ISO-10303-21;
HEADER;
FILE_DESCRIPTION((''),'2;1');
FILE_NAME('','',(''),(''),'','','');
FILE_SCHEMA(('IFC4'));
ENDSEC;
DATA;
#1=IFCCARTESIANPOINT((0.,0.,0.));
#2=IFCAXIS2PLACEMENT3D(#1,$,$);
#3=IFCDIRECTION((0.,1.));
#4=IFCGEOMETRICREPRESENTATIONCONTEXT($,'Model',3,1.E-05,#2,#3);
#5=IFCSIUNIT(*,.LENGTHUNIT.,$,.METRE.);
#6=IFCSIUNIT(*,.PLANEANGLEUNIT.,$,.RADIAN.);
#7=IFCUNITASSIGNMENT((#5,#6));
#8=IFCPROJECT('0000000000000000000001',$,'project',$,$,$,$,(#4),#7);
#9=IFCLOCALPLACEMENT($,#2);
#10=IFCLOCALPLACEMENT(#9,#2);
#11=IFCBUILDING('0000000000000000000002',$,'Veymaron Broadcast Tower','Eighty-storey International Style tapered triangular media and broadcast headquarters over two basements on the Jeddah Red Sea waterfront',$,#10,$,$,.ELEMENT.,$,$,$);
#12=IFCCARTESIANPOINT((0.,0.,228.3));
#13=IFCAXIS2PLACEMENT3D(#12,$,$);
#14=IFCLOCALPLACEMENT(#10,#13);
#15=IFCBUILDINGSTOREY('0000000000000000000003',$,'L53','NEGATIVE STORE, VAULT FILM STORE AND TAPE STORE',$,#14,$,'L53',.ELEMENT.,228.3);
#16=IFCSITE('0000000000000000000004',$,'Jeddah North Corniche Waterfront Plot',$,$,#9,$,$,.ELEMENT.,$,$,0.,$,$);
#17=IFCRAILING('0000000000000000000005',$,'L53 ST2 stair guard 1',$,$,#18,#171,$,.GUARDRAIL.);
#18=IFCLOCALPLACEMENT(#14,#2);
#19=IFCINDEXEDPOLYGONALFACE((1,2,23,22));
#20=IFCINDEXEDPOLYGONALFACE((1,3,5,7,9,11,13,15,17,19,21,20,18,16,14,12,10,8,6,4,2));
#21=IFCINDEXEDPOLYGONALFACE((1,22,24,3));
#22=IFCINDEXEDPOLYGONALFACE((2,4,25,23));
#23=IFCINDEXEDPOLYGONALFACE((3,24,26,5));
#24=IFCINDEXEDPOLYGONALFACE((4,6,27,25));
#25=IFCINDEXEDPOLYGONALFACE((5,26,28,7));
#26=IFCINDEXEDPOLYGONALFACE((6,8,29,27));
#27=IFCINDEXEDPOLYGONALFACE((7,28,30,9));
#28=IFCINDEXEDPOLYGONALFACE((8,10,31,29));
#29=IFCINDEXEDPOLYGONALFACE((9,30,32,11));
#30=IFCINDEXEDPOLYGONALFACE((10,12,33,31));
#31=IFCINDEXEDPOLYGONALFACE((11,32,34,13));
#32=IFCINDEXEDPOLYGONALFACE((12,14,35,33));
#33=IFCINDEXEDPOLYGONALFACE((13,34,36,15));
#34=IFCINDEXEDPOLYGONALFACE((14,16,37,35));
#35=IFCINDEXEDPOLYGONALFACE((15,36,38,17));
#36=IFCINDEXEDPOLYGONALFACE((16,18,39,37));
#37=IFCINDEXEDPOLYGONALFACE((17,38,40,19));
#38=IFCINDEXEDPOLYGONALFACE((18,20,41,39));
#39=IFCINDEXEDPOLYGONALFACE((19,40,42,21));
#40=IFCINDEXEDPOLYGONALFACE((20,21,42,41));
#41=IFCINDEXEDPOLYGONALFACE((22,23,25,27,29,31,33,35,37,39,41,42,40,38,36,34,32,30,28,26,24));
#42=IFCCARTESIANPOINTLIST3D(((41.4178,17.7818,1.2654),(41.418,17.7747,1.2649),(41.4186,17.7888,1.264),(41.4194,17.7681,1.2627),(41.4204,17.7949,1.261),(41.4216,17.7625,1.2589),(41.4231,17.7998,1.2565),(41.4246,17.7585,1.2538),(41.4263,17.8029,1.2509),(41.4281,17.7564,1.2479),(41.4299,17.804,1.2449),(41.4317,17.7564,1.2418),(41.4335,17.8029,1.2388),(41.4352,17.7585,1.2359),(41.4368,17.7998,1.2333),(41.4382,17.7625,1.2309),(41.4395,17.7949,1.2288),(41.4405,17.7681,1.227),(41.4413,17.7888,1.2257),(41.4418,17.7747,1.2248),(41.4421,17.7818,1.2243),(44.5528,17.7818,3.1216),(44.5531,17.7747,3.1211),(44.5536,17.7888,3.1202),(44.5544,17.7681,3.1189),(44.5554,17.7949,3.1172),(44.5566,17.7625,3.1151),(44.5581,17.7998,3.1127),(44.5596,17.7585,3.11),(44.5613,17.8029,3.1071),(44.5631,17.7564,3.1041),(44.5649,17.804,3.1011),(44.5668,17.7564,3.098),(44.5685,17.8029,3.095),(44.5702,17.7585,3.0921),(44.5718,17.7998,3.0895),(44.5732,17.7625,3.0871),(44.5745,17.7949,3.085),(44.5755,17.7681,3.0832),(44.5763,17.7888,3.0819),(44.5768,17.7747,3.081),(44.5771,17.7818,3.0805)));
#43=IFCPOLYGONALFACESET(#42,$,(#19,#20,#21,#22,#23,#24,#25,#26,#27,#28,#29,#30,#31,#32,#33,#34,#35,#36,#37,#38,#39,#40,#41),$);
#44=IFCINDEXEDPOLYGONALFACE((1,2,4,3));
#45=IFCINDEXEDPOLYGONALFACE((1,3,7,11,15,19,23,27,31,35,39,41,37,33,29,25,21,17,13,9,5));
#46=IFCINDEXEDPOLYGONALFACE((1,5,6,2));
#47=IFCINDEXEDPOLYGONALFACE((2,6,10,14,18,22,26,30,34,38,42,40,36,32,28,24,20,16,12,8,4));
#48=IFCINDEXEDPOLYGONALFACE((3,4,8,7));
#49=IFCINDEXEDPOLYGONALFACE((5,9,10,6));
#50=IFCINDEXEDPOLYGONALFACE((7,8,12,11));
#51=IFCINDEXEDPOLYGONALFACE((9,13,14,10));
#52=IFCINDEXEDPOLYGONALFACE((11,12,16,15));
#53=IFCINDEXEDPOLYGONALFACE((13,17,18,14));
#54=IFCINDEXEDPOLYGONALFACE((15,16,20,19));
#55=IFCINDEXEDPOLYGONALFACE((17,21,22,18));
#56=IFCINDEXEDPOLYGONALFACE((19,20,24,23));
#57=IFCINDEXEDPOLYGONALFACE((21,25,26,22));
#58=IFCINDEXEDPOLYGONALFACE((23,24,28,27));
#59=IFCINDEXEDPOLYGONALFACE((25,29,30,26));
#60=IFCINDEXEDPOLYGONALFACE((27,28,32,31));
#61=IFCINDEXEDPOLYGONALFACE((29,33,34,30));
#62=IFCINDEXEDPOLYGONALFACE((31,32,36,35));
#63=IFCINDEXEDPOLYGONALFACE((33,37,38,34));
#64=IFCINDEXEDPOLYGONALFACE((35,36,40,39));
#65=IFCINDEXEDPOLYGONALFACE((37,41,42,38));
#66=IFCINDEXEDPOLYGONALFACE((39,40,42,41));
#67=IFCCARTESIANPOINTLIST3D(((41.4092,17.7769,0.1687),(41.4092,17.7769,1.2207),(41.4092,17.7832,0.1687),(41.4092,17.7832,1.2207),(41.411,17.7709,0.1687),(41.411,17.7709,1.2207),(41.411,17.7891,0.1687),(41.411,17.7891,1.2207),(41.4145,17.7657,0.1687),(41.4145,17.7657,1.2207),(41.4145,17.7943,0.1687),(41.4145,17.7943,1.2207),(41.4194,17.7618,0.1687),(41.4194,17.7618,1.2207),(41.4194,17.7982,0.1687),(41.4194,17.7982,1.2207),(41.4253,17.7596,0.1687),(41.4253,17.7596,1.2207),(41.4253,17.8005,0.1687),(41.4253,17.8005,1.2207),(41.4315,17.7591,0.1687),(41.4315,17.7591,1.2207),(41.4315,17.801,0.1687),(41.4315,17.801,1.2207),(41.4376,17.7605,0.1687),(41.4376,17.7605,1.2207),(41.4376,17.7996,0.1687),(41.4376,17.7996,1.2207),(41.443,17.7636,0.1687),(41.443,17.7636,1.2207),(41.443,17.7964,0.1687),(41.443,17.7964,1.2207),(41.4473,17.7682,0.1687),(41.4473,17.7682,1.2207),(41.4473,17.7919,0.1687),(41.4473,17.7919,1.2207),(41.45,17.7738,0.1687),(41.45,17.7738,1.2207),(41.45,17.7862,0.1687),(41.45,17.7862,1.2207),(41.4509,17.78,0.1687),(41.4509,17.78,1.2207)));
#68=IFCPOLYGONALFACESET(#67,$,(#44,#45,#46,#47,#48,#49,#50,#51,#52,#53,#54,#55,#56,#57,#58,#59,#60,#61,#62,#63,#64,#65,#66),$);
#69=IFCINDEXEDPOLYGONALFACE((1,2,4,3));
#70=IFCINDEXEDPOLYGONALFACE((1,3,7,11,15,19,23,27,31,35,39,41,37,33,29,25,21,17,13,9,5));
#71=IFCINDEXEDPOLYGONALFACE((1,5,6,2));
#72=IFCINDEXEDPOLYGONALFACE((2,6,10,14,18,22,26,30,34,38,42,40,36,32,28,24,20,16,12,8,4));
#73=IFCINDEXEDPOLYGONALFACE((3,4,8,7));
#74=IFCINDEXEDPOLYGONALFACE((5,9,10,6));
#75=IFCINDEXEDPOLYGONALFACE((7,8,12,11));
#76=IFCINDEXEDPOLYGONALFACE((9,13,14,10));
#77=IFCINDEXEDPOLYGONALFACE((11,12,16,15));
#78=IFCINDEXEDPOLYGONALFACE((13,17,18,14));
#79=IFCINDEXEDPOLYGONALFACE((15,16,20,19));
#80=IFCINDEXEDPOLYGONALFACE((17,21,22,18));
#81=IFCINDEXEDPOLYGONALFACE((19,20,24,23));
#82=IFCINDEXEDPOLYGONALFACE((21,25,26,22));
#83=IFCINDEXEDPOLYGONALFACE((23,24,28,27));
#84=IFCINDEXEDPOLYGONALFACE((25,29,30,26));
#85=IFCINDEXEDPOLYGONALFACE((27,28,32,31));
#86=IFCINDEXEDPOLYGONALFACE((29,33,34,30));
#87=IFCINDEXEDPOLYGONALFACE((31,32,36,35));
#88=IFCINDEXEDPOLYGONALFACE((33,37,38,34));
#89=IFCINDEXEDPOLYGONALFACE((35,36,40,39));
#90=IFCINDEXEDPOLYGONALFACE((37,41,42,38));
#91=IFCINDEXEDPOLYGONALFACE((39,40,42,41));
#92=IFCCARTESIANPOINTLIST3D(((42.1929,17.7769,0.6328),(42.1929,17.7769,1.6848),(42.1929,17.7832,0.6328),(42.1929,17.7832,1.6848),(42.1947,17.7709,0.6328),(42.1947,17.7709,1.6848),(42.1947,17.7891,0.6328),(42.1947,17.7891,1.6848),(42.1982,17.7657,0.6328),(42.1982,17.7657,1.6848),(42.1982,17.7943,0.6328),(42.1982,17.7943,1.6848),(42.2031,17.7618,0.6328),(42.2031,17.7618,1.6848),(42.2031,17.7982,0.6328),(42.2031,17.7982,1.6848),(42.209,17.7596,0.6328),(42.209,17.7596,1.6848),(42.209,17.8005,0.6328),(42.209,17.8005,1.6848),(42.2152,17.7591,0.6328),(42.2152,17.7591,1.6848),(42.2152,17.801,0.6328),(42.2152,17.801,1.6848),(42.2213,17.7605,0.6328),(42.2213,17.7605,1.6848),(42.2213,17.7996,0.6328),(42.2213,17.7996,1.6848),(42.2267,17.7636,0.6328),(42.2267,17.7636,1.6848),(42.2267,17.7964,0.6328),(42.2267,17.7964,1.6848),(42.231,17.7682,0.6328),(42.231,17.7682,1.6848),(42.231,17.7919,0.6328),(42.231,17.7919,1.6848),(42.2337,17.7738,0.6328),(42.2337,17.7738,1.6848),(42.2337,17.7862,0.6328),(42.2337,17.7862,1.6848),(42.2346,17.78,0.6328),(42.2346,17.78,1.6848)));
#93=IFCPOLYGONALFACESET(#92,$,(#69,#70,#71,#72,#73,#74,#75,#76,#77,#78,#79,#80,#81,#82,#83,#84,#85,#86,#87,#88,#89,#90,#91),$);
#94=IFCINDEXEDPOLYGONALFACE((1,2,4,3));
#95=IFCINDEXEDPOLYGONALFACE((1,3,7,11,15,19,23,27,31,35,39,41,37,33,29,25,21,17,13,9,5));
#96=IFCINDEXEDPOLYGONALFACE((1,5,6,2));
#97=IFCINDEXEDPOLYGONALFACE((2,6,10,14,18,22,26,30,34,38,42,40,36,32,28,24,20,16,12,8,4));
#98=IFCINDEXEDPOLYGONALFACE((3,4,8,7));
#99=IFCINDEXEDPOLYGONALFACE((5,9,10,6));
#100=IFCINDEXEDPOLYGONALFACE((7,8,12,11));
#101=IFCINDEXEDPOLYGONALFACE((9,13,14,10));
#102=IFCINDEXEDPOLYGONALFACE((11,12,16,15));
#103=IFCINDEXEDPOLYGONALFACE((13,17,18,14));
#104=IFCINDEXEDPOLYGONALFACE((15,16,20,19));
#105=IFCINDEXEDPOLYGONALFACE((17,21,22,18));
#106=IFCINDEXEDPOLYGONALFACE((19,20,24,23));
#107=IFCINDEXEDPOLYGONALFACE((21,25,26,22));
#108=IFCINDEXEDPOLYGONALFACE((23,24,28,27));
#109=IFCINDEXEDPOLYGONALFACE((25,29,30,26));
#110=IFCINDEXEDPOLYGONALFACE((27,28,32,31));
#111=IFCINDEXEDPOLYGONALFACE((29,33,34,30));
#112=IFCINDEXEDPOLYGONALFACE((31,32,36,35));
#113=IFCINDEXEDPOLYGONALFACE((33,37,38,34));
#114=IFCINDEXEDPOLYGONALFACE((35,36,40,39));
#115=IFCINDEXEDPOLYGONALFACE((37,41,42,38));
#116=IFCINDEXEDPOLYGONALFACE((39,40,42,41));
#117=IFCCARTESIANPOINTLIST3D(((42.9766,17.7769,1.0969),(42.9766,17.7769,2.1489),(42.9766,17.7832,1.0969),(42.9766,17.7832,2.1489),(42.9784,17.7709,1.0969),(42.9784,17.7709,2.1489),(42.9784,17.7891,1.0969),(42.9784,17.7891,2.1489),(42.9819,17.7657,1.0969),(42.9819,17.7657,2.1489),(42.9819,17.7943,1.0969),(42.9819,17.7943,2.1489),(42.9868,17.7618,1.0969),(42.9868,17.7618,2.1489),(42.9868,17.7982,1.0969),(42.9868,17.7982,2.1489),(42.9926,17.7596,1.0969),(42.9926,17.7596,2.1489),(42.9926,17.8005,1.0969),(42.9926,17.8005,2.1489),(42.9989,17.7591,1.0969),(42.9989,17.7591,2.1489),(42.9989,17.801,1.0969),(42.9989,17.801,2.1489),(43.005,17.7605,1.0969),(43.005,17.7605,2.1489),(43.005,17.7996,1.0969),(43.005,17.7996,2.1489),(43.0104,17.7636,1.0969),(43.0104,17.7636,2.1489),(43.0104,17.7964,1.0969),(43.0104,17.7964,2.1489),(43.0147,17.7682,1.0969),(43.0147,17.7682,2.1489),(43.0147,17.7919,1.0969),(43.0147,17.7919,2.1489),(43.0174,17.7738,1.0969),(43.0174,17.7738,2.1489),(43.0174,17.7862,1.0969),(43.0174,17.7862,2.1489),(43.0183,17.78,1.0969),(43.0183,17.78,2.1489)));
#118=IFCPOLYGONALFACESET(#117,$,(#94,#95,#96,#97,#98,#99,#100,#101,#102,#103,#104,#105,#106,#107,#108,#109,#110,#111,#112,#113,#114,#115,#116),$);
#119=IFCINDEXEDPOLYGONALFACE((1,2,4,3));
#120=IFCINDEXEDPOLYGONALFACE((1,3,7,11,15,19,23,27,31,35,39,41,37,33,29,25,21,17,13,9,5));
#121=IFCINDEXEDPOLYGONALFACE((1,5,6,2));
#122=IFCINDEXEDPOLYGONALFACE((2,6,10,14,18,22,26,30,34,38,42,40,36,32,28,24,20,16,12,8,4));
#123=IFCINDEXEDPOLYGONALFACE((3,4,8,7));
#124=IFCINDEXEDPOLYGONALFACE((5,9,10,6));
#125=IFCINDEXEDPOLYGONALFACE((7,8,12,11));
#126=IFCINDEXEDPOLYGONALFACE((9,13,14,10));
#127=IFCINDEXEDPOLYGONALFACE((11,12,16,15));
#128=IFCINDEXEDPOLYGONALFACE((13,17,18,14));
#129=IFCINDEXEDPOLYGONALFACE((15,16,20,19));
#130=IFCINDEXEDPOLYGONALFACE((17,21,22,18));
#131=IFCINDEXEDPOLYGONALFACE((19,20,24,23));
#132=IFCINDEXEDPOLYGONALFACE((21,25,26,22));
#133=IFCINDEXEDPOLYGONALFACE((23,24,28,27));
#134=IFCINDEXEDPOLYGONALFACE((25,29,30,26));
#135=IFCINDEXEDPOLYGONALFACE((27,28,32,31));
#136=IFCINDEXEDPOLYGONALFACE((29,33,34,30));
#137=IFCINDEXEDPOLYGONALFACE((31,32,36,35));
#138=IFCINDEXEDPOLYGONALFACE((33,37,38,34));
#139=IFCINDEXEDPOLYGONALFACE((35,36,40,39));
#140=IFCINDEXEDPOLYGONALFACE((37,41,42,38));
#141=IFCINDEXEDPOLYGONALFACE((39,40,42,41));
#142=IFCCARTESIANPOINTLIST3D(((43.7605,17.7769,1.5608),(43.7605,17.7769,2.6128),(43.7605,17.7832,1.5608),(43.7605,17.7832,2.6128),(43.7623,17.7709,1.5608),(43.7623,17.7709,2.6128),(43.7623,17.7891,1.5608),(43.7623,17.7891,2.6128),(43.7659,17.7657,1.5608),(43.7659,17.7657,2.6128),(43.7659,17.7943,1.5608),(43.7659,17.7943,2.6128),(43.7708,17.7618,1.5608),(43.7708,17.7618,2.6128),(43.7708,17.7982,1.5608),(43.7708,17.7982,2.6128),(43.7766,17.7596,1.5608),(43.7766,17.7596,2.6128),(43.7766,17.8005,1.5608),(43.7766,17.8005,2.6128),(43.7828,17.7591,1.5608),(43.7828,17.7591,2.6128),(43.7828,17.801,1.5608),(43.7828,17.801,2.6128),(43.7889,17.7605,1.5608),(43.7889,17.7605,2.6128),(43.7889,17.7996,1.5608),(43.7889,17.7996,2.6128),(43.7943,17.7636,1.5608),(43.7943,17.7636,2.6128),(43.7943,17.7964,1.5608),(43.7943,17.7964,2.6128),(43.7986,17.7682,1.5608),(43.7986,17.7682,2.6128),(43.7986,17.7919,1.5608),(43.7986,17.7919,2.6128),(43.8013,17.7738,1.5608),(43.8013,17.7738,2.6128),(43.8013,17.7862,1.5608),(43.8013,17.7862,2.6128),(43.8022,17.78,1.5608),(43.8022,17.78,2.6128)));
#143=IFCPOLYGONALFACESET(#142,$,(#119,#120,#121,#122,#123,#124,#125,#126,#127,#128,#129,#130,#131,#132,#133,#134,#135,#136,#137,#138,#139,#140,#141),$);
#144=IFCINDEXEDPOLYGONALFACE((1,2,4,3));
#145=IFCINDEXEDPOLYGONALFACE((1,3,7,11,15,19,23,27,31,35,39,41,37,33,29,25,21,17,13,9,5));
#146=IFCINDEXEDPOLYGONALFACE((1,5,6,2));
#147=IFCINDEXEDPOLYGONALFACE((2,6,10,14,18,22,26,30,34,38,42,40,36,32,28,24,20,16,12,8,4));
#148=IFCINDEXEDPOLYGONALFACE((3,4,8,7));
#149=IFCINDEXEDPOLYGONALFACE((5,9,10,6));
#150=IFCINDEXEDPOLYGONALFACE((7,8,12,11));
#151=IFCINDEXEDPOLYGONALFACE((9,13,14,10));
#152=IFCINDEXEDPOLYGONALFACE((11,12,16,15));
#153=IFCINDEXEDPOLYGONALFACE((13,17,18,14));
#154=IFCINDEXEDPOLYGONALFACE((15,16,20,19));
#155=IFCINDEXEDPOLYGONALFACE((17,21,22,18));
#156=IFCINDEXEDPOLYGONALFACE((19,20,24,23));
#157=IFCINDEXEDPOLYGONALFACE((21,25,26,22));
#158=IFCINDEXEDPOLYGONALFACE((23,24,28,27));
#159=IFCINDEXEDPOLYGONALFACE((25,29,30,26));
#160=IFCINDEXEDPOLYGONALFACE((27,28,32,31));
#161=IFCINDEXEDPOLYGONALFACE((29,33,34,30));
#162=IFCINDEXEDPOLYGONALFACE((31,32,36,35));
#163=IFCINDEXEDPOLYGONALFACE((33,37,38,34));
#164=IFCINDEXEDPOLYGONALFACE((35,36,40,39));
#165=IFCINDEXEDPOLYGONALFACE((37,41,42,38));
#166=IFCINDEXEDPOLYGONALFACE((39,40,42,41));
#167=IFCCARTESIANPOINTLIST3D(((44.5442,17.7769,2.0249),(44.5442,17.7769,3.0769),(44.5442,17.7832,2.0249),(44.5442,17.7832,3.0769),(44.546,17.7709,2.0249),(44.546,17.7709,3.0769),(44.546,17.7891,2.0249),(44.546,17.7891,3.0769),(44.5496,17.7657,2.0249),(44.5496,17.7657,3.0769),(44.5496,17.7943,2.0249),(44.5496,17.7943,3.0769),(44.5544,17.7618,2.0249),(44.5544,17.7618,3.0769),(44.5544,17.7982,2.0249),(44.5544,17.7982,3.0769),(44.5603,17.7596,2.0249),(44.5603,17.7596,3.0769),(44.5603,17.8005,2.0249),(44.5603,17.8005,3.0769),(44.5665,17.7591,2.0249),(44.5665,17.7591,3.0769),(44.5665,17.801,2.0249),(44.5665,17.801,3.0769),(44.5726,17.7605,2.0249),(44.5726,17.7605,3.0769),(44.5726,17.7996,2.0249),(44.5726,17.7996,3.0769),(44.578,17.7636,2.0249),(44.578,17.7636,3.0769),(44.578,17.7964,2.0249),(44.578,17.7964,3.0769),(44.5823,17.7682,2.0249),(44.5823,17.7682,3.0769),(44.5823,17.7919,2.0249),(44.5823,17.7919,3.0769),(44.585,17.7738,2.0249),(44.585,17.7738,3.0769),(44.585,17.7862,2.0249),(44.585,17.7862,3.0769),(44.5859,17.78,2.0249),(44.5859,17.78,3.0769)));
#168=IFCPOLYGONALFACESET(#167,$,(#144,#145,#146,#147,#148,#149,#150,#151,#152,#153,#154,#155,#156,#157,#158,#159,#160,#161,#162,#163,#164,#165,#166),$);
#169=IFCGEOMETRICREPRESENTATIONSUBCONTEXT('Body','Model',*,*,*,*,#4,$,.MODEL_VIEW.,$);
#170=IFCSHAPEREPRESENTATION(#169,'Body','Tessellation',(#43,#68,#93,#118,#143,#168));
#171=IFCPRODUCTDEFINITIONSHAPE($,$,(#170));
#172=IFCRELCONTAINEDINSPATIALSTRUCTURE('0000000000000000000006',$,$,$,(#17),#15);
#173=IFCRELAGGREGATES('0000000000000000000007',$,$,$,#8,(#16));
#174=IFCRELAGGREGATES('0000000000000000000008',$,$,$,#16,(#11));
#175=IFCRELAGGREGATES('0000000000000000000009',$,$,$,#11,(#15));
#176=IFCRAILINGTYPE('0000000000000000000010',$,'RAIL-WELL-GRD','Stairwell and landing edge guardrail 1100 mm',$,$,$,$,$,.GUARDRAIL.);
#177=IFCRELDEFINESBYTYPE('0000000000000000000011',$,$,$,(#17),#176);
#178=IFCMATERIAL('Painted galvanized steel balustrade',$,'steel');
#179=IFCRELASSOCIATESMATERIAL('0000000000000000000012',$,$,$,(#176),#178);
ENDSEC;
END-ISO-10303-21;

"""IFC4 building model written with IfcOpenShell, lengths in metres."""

from ifc_helpers import new_model, si_unit, direction, frame, origin, origin_2d, place, context, subcontext, project, spatial, circle, extrude, material, type_object, element, save


model = new_model("IFC4")

# Units and contexts
model_context = context("Model", 3, precision=1e-05, world=origin(), true_north=direction((0.0, 1.0)))
body_context = subcontext(model_context, "Body", "Model", "MODEL_VIEW")
ifc_project = project(units=[si_unit("LENGTHUNIT", "METRE"), si_unit("PLANEANGLEUNIT", "RADIAN")], contexts=[model_context])

# Site, building, storey
site_placement = place(None, origin())
site = spatial("IfcSite", under=ifc_project, at=site_placement, Name="Jeddah North Corniche Waterfront Plot", CompositionType="ELEMENT", RefElevation=0.0)
building_placement = place(site_placement, origin())
building = spatial("IfcBuilding", under=site, at=building_placement, Name="Veymaron Broadcast Tower", Description="Eighty-storey International Style tapered triangular media and broadcast headquarters over two basements on the Jeddah Red Sea waterfront", CompositionType="ELEMENT")
storey_placement = place(building_placement, frame((0.0, 0.0, 228.3)))
storey = spatial("IfcBuildingStorey", under=building, at=storey_placement, Name="L53", Description="NEGATIVE STORE, VAULT FILM STORE AND TAPE STORE", LongName="L53", CompositionType="ELEMENT", Elevation=228.3)

# Railing
ifc_material_1 = material(Name="Painted galvanized steel balustrade", Category="steel")
railing_type_1 = type_object("IfcRailingType", Name="RAIL-WELL-GRD", Description="Stairwell and landing edge guardrail 1100 mm", PredefinedType="GUARDRAIL", material=ifc_material_1)
railing_1_placement = place(storey_placement, frame((41.4299, 17.78, 0.1687)))
element("IfcRailing", 1, at=railing_1_placement, inside=storey, type_object=railing_type_1, Name="L53 ST2 stair guard 1", PredefinedType="GUARDRAIL", context=body_context, shape_type="SweptSolid", body=[
    extrude(circle(Radius=0.0239, at=origin_2d()), frame((0.0, 0.0, 1.0762), z_axis=(0.860482, 0.0, 0.509481), x_axis=(0.0, 1.0, 0.0)), (0.0, 0.0, 1.0), 3.6433),
    extrude(circle(Radius=0.021, at=origin_2d()), origin(), (0.0, 0.0, 1.0), 1.052),
    extrude(circle(Radius=0.021, at=origin_2d()), frame((0.7837, 0.0, 0.4641)), (0.0, 0.0, 1.0), 1.052),
    extrude(circle(Radius=0.021, at=origin_2d()), frame((1.5674, 0.0, 0.9282)), (0.0, 0.0, 1.0), 1.052),
    extrude(circle(Radius=0.021, at=origin_2d()), frame((2.3513, 0.0, 1.3921)), (0.0, 0.0, 1.0), 1.052),
    extrude(circle(Radius=0.021, at=origin_2d()), frame((3.135, 0.0, 1.8562)), (0.0, 0.0, 1.0), 1.052),
])

save(model, "model.ifc")
